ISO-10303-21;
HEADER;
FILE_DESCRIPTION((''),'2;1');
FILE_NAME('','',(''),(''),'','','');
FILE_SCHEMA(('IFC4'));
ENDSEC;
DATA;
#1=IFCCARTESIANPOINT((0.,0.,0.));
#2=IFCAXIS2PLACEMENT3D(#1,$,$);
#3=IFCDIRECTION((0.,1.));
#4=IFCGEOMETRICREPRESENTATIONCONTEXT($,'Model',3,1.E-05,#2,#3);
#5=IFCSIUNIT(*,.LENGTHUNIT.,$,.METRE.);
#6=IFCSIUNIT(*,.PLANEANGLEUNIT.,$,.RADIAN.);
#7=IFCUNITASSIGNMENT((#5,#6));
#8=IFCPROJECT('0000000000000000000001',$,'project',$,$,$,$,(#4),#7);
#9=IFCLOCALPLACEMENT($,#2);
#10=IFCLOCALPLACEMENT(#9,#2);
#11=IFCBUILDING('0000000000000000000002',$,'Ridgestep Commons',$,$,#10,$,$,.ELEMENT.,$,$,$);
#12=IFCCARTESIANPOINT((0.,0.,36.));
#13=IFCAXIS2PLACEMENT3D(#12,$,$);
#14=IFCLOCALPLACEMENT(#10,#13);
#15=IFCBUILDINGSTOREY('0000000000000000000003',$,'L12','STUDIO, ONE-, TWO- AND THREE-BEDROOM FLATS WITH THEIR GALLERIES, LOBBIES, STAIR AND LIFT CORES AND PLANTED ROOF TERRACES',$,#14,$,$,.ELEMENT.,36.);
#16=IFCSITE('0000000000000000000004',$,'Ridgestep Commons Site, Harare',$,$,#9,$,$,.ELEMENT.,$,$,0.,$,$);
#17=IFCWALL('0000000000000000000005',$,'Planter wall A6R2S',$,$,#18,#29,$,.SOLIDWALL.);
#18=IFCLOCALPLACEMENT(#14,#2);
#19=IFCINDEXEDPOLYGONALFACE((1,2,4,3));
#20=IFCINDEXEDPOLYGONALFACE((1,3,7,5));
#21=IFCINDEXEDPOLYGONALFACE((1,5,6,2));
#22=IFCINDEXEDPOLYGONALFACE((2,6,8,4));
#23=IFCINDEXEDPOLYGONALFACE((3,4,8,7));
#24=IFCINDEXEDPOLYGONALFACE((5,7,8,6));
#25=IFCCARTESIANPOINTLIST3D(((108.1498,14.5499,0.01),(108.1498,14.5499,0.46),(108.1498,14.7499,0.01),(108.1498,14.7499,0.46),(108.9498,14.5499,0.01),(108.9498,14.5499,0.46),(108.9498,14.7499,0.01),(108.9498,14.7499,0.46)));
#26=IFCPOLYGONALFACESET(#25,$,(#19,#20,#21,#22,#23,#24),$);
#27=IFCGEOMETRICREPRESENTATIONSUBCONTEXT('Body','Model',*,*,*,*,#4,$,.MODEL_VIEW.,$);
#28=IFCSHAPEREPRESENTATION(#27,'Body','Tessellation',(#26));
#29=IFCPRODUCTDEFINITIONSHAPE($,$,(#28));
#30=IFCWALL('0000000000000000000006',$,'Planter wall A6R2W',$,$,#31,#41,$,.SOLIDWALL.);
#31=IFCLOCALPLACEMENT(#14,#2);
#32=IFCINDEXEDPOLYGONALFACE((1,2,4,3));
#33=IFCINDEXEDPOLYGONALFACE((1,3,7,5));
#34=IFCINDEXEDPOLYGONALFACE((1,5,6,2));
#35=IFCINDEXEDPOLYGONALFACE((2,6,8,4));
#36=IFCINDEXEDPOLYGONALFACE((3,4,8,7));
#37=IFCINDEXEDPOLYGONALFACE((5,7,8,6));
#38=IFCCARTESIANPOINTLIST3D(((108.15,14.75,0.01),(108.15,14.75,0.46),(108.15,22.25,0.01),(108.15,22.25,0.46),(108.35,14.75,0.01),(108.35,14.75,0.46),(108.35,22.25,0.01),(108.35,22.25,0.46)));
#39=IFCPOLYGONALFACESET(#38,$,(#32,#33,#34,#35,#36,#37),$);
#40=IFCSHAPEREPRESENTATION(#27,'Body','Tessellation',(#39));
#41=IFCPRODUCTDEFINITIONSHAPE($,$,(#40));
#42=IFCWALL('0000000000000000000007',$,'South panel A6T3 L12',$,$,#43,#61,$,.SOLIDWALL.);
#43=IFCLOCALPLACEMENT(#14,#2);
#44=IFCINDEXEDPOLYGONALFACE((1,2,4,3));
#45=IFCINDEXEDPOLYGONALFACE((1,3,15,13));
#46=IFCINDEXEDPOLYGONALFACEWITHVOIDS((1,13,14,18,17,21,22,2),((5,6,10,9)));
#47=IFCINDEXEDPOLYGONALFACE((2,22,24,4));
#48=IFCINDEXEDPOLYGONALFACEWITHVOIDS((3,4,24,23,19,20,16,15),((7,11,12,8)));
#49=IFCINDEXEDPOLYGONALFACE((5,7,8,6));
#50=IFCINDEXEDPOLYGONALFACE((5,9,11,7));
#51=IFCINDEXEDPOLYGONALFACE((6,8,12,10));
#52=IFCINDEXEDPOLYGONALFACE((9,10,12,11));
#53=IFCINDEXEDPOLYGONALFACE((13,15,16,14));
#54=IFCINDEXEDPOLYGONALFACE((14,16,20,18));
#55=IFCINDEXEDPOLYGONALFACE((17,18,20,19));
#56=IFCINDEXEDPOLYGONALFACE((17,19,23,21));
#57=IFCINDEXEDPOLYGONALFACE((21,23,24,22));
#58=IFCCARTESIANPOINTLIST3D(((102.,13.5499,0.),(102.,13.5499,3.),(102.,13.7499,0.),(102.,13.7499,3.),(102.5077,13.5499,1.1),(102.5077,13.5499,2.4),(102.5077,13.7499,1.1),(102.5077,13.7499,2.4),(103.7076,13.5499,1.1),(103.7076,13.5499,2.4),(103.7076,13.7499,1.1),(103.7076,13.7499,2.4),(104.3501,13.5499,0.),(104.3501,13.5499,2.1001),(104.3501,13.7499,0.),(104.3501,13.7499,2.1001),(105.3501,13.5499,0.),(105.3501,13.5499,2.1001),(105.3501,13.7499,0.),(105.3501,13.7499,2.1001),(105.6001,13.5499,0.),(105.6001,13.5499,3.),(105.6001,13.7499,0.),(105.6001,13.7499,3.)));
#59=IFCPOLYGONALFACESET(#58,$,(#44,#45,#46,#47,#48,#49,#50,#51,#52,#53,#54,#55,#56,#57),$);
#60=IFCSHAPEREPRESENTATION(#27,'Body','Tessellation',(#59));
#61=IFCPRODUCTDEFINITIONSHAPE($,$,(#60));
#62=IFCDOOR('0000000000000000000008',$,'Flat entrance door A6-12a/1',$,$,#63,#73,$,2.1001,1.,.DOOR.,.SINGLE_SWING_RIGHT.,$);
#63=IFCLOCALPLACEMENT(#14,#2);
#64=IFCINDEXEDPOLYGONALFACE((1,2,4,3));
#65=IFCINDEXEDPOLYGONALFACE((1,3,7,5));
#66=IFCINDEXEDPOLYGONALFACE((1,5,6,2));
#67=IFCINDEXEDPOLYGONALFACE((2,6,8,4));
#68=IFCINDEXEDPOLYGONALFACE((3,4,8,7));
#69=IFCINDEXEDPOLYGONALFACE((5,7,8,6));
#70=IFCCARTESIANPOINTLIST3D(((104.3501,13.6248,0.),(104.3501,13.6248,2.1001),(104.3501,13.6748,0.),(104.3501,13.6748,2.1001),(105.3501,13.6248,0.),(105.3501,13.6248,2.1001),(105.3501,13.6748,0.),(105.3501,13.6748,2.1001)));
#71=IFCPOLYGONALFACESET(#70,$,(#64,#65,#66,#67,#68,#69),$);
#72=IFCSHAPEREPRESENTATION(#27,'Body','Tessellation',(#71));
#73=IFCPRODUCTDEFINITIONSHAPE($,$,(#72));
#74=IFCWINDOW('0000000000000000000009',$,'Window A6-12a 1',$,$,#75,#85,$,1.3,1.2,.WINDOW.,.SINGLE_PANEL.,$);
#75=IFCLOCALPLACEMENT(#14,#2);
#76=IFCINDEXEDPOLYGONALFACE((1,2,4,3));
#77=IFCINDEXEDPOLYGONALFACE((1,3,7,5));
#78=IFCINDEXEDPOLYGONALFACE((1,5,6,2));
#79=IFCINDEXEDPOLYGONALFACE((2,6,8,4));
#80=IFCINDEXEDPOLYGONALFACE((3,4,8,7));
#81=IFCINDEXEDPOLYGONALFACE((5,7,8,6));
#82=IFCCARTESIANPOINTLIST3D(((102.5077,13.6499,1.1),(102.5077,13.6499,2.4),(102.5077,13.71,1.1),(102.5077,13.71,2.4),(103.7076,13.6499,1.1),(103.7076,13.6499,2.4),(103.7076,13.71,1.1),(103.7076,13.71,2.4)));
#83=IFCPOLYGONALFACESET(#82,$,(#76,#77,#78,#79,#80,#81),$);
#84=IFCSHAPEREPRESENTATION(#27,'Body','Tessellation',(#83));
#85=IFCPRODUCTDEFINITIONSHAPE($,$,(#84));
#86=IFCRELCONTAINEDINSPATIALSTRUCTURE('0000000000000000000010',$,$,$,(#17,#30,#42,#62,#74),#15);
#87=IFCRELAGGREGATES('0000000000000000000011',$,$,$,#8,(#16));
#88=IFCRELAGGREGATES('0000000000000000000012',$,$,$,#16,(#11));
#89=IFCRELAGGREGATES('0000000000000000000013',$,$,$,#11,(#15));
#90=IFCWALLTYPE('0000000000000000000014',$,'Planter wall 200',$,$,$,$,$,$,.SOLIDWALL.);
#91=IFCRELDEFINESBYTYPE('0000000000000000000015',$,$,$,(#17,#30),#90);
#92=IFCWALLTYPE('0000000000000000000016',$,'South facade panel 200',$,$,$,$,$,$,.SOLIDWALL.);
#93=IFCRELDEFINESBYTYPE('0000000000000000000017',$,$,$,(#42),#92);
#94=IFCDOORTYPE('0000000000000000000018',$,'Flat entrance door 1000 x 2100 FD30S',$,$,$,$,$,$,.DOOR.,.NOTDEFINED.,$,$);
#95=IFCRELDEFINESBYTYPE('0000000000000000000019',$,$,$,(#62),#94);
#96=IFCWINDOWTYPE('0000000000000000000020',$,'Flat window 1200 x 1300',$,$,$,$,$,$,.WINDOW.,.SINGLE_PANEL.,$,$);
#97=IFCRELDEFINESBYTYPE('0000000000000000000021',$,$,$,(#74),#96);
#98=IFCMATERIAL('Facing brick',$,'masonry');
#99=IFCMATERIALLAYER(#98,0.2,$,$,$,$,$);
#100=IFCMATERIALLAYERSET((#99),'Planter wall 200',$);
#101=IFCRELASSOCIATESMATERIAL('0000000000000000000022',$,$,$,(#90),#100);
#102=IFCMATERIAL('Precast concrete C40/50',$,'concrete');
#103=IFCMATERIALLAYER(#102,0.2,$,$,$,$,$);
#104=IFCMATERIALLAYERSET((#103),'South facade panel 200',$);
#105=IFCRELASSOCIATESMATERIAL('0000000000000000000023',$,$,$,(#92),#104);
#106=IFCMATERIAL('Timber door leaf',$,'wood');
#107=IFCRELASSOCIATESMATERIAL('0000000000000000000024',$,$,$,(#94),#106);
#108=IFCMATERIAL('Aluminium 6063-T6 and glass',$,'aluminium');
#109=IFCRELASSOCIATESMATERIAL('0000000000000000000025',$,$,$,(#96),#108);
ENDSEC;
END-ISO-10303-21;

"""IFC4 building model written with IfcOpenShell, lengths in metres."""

from ifc_helpers import new_model, si_unit, direction, frame, frame_2d, origin, place, context, subcontext, project, spatial, rectangle, extrude, material, layer, layer_set, type_object, element, fill, save


model = new_model("IFC4")

# Units and contexts
model_context = context("Model", 3, precision=1e-05, world=origin(), true_north=direction((0.0, 1.0)))
body_context = subcontext(model_context, "Body", "Model", "MODEL_VIEW")
ifc_project = project(units=[si_unit("LENGTHUNIT", "METRE"), si_unit("PLANEANGLEUNIT", "RADIAN")], contexts=[model_context])

# Site, building, storey
site_placement = place(None, origin())
site = spatial("IfcSite", under=ifc_project, at=site_placement, Name="Ridgestep Commons Site, Harare", CompositionType="ELEMENT", RefElevation=0.0)
building_placement = place(site_placement, origin())
building = spatial("IfcBuilding", under=site, at=building_placement, Name="Ridgestep Commons", CompositionType="ELEMENT")
storey_placement = place(building_placement, frame((0.0, 0.0, 36.0)))
storey = spatial("IfcBuildingStorey", under=building, at=storey_placement, Name="L12", Description="STUDIO, ONE-, TWO- AND THREE-BEDROOM FLATS WITH THEIR GALLERIES, LOBBIES, STAIR AND LIFT CORES AND PLANTED ROOF TERRACES", CompositionType="ELEMENT", Elevation=36.0)

# Walls
ifc_material_1 = material(Name="Facing brick", Category="masonry")
ifc_layer_1 = layer(ifc_material_1, 0.2)
ifc_layer_set_1 = layer_set([ifc_layer_1], Name="Planter wall 200")
wall_type_1 = type_object("IfcWallType", Name="Planter wall 200", PredefinedType="SOLIDWALL", material=ifc_layer_set_1)
wall_1_placement = place(storey_placement, frame((108.1499, 14.6499, 0.01), z_axis=(0.0, 0.0, 1.0), x_axis=(1.0, 0.0, 0.0)))
element("IfcWall", 1, at=wall_1_placement, inside=storey, type_object=wall_type_1, Name="Planter wall A6R2S", PredefinedType="SOLIDWALL", context=body_context, shape_type="SweptSolid", body=[
    extrude(rectangle(XDim=0.8, YDim=0.2, at=frame_2d((0.3999, 0.0))), origin(), (0.0, 0.0, 1.0), 0.45),
])
wall_2_placement = place(storey_placement, frame((108.25, 14.75, 0.01), z_axis=(0.0, 0.0, 1.0), x_axis=(0.0, 1.0, 0.0)))
element("IfcWall", 2, at=wall_2_placement, inside=storey, type_object=wall_type_1, Name="Planter wall A6R2W", PredefinedType="SOLIDWALL", context=body_context, shape_type="SweptSolid", body=[
    extrude(rectangle(XDim=7.5, YDim=0.2, at=frame_2d((3.75, 0.0))), origin(), (0.0, 0.0, 1.0), 0.45),
])

# Wall, openings, door, window
ifc_material_2 = material(Name="Precast concrete C40/50", Category="concrete")
ifc_layer_2 = layer(ifc_material_2, 0.2)
ifc_layer_set_2 = layer_set([ifc_layer_2], Name="South facade panel 200")
wall_type_2 = type_object("IfcWallType", Name="South facade panel 200", PredefinedType="SOLIDWALL", material=ifc_layer_set_2)
wall_3_placement = place(storey_placement, frame((102.0, 13.6499, 0.0), z_axis=(0.0, 0.0, 1.0), x_axis=(1.0, 0.0, 0.0)))
wall_3 = element("IfcWall", 3, at=wall_3_placement, inside=storey, type_object=wall_type_2, Name="South panel A6T3 L12", PredefinedType="SOLIDWALL", context=body_context, shape_type="SweptSolid", body=[
    extrude(rectangle(XDim=3.6001, YDim=0.2, at=frame_2d((1.8, 0.0))), origin(), (0.0, 0.0, 1.0), 3.0),
])
opening_1_placement = place(wall_3_placement, frame((0.5076, 0.0, 1.1001)))
opening_1 = element("IfcOpeningElement", 4, at=opening_1_placement, cuts=wall_3, PredefinedType="OPENING", context=body_context, shape_type="SweptSolid", body=[
    extrude(rectangle(XDim=1.2, YDim=1.3, at=frame_2d((0.6001, 0.6499))), frame((0.0, 0.1099, 0.0), z_axis=(0.0, -1.0, 0.0), x_axis=(1.0, 0.0, 0.0)), (0.0, 0.0, 1.0), 0.22),
])
opening_2_placement = place(wall_3_placement, frame((2.3501, 0.0, 0.0)))
opening_2 = element("IfcOpeningElement", 5, at=opening_2_placement, cuts=wall_3, PredefinedType="OPENING", context=body_context, shape_type="SweptSolid", body=[
    extrude(rectangle(XDim=1.0, YDim=2.1001, at=frame_2d((0.5, 1.05))), frame((0.0, 0.1099, 0.0), z_axis=(0.0, -1.0, 0.0), x_axis=(1.0, 0.0, 0.0)), (0.0, 0.0, 1.0), 0.22),
])
ifc_material_3 = material(Name="Timber door leaf", Category="wood")
door_type_1 = type_object("IfcDoorType", Name="Flat entrance door 1000 x 2100 FD30S", OperationType="NOTDEFINED", PredefinedType="DOOR", material=ifc_material_3)
door_1_placement = place(opening_2_placement, origin())
door_1 = element("IfcDoor", 6, at=door_1_placement, inside=storey, type_object=door_type_1, Name="Flat entrance door A6-12a/1", OperationType="SINGLE_SWING_RIGHT", OverallHeight=2.1001, OverallWidth=1.0, PredefinedType="DOOR", context=body_context, shape_type="SweptSolid", body=[
    extrude(rectangle(XDim=1.0, YDim=2.1001, at=frame_2d((0.5, 1.05))), frame((0.0, 0.0249, 0.0), z_axis=(0.0, -1.0, 0.0), x_axis=(1.0, 0.0, 0.0)), (0.0, 0.0, 1.0), 0.05),
])
fill(opening_2, door_1)
ifc_material_4 = material(Name="Aluminium 6063-T6 and glass", Category="aluminium")
window_type_1 = type_object("IfcWindowType", Name="Flat window 1200 x 1300", PartitioningType="SINGLE_PANEL", PredefinedType="WINDOW", material=ifc_material_4)
window_1_placement = place(opening_1_placement, origin())
window_1 = element("IfcWindow", 7, at=window_1_placement, inside=storey, type_object=window_type_1, Name="Window A6-12a 1", OverallHeight=1.3, OverallWidth=1.2, PartitioningType="SINGLE_PANEL", PredefinedType="WINDOW", context=body_context, shape_type="SweptSolid", body=[
    extrude(rectangle(XDim=1.2, YDim=1.3, at=frame_2d((0.6001, 0.6499))), frame((0.0, 0.0601, 0.0), z_axis=(0.0, -1.0, 0.0), x_axis=(1.0, 0.0, 0.0)), (0.0, 0.0, 1.0), 0.0601),
])
fill(opening_1, window_1)

save(model, "model.ifc")
